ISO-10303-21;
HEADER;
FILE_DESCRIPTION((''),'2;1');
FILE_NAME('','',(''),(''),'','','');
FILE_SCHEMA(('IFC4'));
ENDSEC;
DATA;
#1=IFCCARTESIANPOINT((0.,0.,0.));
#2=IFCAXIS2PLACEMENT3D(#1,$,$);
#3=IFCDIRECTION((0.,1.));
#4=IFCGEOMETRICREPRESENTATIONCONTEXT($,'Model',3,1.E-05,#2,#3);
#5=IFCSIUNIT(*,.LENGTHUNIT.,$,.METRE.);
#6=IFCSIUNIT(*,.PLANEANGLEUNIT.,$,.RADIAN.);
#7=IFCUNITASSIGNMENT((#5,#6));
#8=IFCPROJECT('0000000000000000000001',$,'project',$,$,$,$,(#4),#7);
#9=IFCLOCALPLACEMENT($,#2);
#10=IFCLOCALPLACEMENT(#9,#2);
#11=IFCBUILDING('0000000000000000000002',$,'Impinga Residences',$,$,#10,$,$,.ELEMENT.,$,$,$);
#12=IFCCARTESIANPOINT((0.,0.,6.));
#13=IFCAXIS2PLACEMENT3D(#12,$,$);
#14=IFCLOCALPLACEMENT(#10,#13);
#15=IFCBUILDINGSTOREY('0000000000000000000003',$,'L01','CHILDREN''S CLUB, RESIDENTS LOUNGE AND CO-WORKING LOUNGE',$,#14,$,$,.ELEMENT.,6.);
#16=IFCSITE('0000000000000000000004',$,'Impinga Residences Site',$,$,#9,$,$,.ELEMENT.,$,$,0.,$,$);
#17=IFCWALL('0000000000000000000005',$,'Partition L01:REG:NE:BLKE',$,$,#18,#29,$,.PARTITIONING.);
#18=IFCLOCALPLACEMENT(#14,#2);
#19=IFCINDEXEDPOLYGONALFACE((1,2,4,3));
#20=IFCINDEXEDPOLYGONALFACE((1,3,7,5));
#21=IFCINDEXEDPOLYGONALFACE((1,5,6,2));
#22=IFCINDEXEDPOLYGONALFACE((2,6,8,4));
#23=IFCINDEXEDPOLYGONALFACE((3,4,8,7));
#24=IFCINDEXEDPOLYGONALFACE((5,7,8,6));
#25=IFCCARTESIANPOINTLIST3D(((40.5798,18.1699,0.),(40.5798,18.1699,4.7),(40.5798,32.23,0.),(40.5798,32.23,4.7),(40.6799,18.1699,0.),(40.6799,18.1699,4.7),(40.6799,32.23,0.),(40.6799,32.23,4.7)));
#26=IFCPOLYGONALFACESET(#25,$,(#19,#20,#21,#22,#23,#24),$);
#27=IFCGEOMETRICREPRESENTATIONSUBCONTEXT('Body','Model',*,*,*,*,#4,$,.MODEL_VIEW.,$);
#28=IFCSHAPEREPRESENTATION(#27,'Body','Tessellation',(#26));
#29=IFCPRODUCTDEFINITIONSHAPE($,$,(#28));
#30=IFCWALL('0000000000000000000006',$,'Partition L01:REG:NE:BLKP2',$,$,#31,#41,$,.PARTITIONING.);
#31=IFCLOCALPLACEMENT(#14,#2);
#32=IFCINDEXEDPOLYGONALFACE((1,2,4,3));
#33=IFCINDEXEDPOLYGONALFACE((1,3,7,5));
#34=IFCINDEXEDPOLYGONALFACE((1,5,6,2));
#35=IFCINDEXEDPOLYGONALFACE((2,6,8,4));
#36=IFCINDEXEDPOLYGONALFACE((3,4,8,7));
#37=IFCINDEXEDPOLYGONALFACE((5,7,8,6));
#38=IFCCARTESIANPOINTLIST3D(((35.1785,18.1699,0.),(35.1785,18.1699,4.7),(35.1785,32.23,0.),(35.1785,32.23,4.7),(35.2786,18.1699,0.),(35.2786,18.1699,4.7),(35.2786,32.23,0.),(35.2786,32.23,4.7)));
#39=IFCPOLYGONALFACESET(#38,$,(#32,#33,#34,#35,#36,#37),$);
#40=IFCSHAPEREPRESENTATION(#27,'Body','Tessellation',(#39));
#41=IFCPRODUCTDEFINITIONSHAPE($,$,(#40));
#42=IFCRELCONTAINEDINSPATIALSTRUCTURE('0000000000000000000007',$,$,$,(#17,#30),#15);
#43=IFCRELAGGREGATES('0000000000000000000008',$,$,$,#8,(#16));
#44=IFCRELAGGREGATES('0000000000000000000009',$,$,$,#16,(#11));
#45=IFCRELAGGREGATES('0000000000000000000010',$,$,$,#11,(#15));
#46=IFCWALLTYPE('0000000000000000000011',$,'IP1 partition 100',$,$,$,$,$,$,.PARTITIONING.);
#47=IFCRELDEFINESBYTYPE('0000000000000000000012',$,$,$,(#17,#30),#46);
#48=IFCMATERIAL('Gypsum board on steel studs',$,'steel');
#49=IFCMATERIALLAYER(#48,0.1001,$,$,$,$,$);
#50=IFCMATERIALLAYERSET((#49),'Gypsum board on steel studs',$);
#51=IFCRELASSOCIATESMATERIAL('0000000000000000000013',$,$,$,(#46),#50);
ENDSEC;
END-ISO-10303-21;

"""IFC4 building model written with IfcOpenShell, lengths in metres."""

from ifc_helpers import new_model, si_unit, direction, frame, frame_2d, origin, place, context, subcontext, project, spatial, rectangle, extrude, material, layer, layer_set, type_object, element, save


model = new_model("IFC4")

# Units and contexts
model_context = context("Model", 3, precision=1e-05, world=origin(), true_north=direction((0.0, 1.0)))
body_context = subcontext(model_context, "Body", "Model", "MODEL_VIEW")
ifc_project = project(units=[si_unit("LENGTHUNIT", "METRE"), si_unit("PLANEANGLEUNIT", "RADIAN")], contexts=[model_context])

# Site, building, storey
site_placement = place(None, origin())
site = spatial("IfcSite", under=ifc_project, at=site_placement, Name="Impinga Residences Site", CompositionType="ELEMENT", RefElevation=0.0)
building_placement = place(site_placement, origin())
building = spatial("IfcBuilding", under=site, at=building_placement, Name="Impinga Residences", CompositionType="ELEMENT")
storey_placement = place(building_placement, frame((0.0, 0.0, 6.0)))
storey = spatial("IfcBuildingStorey", under=building, at=storey_placement, Name="L01", Description="CHILDREN'S CLUB, RESIDENTS LOUNGE AND CO-WORKING LOUNGE", CompositionType="ELEMENT", Elevation=6.0)

# Walls
ifc_material_1 = material(Name="Gypsum board on steel studs", Category="steel")
ifc_layer_1 = layer(ifc_material_1, 0.1001)
ifc_layer_set_1 = layer_set([ifc_layer_1], Name="Gypsum board on steel studs")
wall_type = type_object("IfcWallType", Name="IP1 partition 100", PredefinedType="PARTITIONING", material=ifc_layer_set_1)
for number, where, z_axis, x_axis, name in (
    (1, (40.6299, 18.1699, 0.0), (0.0, 0.0, 1.0), (0.0, 1.0, 0.0), "Partition L01:REG:NE:BLKE"),
    (2, (35.2285, 18.1699, 0.0), (0.0, 0.0, 1.0), (0.0, 1.0, 0.0), "Partition L01:REG:NE:BLKP2"),
):
    element("IfcWall", number, at=place(storey_placement, frame(where, z_axis=z_axis, x_axis=x_axis)), inside=storey, type_object=wall_type, Name=name, PredefinedType="PARTITIONING", context=body_context, shape_type="SweptSolid", body=[
        extrude(rectangle(XDim=14.0601, YDim=0.1001, at=frame_2d((7.03, 0.0))), origin(), (0.0, 0.0, 1.0), 4.7),
    ])

save(model, "model.ifc")
